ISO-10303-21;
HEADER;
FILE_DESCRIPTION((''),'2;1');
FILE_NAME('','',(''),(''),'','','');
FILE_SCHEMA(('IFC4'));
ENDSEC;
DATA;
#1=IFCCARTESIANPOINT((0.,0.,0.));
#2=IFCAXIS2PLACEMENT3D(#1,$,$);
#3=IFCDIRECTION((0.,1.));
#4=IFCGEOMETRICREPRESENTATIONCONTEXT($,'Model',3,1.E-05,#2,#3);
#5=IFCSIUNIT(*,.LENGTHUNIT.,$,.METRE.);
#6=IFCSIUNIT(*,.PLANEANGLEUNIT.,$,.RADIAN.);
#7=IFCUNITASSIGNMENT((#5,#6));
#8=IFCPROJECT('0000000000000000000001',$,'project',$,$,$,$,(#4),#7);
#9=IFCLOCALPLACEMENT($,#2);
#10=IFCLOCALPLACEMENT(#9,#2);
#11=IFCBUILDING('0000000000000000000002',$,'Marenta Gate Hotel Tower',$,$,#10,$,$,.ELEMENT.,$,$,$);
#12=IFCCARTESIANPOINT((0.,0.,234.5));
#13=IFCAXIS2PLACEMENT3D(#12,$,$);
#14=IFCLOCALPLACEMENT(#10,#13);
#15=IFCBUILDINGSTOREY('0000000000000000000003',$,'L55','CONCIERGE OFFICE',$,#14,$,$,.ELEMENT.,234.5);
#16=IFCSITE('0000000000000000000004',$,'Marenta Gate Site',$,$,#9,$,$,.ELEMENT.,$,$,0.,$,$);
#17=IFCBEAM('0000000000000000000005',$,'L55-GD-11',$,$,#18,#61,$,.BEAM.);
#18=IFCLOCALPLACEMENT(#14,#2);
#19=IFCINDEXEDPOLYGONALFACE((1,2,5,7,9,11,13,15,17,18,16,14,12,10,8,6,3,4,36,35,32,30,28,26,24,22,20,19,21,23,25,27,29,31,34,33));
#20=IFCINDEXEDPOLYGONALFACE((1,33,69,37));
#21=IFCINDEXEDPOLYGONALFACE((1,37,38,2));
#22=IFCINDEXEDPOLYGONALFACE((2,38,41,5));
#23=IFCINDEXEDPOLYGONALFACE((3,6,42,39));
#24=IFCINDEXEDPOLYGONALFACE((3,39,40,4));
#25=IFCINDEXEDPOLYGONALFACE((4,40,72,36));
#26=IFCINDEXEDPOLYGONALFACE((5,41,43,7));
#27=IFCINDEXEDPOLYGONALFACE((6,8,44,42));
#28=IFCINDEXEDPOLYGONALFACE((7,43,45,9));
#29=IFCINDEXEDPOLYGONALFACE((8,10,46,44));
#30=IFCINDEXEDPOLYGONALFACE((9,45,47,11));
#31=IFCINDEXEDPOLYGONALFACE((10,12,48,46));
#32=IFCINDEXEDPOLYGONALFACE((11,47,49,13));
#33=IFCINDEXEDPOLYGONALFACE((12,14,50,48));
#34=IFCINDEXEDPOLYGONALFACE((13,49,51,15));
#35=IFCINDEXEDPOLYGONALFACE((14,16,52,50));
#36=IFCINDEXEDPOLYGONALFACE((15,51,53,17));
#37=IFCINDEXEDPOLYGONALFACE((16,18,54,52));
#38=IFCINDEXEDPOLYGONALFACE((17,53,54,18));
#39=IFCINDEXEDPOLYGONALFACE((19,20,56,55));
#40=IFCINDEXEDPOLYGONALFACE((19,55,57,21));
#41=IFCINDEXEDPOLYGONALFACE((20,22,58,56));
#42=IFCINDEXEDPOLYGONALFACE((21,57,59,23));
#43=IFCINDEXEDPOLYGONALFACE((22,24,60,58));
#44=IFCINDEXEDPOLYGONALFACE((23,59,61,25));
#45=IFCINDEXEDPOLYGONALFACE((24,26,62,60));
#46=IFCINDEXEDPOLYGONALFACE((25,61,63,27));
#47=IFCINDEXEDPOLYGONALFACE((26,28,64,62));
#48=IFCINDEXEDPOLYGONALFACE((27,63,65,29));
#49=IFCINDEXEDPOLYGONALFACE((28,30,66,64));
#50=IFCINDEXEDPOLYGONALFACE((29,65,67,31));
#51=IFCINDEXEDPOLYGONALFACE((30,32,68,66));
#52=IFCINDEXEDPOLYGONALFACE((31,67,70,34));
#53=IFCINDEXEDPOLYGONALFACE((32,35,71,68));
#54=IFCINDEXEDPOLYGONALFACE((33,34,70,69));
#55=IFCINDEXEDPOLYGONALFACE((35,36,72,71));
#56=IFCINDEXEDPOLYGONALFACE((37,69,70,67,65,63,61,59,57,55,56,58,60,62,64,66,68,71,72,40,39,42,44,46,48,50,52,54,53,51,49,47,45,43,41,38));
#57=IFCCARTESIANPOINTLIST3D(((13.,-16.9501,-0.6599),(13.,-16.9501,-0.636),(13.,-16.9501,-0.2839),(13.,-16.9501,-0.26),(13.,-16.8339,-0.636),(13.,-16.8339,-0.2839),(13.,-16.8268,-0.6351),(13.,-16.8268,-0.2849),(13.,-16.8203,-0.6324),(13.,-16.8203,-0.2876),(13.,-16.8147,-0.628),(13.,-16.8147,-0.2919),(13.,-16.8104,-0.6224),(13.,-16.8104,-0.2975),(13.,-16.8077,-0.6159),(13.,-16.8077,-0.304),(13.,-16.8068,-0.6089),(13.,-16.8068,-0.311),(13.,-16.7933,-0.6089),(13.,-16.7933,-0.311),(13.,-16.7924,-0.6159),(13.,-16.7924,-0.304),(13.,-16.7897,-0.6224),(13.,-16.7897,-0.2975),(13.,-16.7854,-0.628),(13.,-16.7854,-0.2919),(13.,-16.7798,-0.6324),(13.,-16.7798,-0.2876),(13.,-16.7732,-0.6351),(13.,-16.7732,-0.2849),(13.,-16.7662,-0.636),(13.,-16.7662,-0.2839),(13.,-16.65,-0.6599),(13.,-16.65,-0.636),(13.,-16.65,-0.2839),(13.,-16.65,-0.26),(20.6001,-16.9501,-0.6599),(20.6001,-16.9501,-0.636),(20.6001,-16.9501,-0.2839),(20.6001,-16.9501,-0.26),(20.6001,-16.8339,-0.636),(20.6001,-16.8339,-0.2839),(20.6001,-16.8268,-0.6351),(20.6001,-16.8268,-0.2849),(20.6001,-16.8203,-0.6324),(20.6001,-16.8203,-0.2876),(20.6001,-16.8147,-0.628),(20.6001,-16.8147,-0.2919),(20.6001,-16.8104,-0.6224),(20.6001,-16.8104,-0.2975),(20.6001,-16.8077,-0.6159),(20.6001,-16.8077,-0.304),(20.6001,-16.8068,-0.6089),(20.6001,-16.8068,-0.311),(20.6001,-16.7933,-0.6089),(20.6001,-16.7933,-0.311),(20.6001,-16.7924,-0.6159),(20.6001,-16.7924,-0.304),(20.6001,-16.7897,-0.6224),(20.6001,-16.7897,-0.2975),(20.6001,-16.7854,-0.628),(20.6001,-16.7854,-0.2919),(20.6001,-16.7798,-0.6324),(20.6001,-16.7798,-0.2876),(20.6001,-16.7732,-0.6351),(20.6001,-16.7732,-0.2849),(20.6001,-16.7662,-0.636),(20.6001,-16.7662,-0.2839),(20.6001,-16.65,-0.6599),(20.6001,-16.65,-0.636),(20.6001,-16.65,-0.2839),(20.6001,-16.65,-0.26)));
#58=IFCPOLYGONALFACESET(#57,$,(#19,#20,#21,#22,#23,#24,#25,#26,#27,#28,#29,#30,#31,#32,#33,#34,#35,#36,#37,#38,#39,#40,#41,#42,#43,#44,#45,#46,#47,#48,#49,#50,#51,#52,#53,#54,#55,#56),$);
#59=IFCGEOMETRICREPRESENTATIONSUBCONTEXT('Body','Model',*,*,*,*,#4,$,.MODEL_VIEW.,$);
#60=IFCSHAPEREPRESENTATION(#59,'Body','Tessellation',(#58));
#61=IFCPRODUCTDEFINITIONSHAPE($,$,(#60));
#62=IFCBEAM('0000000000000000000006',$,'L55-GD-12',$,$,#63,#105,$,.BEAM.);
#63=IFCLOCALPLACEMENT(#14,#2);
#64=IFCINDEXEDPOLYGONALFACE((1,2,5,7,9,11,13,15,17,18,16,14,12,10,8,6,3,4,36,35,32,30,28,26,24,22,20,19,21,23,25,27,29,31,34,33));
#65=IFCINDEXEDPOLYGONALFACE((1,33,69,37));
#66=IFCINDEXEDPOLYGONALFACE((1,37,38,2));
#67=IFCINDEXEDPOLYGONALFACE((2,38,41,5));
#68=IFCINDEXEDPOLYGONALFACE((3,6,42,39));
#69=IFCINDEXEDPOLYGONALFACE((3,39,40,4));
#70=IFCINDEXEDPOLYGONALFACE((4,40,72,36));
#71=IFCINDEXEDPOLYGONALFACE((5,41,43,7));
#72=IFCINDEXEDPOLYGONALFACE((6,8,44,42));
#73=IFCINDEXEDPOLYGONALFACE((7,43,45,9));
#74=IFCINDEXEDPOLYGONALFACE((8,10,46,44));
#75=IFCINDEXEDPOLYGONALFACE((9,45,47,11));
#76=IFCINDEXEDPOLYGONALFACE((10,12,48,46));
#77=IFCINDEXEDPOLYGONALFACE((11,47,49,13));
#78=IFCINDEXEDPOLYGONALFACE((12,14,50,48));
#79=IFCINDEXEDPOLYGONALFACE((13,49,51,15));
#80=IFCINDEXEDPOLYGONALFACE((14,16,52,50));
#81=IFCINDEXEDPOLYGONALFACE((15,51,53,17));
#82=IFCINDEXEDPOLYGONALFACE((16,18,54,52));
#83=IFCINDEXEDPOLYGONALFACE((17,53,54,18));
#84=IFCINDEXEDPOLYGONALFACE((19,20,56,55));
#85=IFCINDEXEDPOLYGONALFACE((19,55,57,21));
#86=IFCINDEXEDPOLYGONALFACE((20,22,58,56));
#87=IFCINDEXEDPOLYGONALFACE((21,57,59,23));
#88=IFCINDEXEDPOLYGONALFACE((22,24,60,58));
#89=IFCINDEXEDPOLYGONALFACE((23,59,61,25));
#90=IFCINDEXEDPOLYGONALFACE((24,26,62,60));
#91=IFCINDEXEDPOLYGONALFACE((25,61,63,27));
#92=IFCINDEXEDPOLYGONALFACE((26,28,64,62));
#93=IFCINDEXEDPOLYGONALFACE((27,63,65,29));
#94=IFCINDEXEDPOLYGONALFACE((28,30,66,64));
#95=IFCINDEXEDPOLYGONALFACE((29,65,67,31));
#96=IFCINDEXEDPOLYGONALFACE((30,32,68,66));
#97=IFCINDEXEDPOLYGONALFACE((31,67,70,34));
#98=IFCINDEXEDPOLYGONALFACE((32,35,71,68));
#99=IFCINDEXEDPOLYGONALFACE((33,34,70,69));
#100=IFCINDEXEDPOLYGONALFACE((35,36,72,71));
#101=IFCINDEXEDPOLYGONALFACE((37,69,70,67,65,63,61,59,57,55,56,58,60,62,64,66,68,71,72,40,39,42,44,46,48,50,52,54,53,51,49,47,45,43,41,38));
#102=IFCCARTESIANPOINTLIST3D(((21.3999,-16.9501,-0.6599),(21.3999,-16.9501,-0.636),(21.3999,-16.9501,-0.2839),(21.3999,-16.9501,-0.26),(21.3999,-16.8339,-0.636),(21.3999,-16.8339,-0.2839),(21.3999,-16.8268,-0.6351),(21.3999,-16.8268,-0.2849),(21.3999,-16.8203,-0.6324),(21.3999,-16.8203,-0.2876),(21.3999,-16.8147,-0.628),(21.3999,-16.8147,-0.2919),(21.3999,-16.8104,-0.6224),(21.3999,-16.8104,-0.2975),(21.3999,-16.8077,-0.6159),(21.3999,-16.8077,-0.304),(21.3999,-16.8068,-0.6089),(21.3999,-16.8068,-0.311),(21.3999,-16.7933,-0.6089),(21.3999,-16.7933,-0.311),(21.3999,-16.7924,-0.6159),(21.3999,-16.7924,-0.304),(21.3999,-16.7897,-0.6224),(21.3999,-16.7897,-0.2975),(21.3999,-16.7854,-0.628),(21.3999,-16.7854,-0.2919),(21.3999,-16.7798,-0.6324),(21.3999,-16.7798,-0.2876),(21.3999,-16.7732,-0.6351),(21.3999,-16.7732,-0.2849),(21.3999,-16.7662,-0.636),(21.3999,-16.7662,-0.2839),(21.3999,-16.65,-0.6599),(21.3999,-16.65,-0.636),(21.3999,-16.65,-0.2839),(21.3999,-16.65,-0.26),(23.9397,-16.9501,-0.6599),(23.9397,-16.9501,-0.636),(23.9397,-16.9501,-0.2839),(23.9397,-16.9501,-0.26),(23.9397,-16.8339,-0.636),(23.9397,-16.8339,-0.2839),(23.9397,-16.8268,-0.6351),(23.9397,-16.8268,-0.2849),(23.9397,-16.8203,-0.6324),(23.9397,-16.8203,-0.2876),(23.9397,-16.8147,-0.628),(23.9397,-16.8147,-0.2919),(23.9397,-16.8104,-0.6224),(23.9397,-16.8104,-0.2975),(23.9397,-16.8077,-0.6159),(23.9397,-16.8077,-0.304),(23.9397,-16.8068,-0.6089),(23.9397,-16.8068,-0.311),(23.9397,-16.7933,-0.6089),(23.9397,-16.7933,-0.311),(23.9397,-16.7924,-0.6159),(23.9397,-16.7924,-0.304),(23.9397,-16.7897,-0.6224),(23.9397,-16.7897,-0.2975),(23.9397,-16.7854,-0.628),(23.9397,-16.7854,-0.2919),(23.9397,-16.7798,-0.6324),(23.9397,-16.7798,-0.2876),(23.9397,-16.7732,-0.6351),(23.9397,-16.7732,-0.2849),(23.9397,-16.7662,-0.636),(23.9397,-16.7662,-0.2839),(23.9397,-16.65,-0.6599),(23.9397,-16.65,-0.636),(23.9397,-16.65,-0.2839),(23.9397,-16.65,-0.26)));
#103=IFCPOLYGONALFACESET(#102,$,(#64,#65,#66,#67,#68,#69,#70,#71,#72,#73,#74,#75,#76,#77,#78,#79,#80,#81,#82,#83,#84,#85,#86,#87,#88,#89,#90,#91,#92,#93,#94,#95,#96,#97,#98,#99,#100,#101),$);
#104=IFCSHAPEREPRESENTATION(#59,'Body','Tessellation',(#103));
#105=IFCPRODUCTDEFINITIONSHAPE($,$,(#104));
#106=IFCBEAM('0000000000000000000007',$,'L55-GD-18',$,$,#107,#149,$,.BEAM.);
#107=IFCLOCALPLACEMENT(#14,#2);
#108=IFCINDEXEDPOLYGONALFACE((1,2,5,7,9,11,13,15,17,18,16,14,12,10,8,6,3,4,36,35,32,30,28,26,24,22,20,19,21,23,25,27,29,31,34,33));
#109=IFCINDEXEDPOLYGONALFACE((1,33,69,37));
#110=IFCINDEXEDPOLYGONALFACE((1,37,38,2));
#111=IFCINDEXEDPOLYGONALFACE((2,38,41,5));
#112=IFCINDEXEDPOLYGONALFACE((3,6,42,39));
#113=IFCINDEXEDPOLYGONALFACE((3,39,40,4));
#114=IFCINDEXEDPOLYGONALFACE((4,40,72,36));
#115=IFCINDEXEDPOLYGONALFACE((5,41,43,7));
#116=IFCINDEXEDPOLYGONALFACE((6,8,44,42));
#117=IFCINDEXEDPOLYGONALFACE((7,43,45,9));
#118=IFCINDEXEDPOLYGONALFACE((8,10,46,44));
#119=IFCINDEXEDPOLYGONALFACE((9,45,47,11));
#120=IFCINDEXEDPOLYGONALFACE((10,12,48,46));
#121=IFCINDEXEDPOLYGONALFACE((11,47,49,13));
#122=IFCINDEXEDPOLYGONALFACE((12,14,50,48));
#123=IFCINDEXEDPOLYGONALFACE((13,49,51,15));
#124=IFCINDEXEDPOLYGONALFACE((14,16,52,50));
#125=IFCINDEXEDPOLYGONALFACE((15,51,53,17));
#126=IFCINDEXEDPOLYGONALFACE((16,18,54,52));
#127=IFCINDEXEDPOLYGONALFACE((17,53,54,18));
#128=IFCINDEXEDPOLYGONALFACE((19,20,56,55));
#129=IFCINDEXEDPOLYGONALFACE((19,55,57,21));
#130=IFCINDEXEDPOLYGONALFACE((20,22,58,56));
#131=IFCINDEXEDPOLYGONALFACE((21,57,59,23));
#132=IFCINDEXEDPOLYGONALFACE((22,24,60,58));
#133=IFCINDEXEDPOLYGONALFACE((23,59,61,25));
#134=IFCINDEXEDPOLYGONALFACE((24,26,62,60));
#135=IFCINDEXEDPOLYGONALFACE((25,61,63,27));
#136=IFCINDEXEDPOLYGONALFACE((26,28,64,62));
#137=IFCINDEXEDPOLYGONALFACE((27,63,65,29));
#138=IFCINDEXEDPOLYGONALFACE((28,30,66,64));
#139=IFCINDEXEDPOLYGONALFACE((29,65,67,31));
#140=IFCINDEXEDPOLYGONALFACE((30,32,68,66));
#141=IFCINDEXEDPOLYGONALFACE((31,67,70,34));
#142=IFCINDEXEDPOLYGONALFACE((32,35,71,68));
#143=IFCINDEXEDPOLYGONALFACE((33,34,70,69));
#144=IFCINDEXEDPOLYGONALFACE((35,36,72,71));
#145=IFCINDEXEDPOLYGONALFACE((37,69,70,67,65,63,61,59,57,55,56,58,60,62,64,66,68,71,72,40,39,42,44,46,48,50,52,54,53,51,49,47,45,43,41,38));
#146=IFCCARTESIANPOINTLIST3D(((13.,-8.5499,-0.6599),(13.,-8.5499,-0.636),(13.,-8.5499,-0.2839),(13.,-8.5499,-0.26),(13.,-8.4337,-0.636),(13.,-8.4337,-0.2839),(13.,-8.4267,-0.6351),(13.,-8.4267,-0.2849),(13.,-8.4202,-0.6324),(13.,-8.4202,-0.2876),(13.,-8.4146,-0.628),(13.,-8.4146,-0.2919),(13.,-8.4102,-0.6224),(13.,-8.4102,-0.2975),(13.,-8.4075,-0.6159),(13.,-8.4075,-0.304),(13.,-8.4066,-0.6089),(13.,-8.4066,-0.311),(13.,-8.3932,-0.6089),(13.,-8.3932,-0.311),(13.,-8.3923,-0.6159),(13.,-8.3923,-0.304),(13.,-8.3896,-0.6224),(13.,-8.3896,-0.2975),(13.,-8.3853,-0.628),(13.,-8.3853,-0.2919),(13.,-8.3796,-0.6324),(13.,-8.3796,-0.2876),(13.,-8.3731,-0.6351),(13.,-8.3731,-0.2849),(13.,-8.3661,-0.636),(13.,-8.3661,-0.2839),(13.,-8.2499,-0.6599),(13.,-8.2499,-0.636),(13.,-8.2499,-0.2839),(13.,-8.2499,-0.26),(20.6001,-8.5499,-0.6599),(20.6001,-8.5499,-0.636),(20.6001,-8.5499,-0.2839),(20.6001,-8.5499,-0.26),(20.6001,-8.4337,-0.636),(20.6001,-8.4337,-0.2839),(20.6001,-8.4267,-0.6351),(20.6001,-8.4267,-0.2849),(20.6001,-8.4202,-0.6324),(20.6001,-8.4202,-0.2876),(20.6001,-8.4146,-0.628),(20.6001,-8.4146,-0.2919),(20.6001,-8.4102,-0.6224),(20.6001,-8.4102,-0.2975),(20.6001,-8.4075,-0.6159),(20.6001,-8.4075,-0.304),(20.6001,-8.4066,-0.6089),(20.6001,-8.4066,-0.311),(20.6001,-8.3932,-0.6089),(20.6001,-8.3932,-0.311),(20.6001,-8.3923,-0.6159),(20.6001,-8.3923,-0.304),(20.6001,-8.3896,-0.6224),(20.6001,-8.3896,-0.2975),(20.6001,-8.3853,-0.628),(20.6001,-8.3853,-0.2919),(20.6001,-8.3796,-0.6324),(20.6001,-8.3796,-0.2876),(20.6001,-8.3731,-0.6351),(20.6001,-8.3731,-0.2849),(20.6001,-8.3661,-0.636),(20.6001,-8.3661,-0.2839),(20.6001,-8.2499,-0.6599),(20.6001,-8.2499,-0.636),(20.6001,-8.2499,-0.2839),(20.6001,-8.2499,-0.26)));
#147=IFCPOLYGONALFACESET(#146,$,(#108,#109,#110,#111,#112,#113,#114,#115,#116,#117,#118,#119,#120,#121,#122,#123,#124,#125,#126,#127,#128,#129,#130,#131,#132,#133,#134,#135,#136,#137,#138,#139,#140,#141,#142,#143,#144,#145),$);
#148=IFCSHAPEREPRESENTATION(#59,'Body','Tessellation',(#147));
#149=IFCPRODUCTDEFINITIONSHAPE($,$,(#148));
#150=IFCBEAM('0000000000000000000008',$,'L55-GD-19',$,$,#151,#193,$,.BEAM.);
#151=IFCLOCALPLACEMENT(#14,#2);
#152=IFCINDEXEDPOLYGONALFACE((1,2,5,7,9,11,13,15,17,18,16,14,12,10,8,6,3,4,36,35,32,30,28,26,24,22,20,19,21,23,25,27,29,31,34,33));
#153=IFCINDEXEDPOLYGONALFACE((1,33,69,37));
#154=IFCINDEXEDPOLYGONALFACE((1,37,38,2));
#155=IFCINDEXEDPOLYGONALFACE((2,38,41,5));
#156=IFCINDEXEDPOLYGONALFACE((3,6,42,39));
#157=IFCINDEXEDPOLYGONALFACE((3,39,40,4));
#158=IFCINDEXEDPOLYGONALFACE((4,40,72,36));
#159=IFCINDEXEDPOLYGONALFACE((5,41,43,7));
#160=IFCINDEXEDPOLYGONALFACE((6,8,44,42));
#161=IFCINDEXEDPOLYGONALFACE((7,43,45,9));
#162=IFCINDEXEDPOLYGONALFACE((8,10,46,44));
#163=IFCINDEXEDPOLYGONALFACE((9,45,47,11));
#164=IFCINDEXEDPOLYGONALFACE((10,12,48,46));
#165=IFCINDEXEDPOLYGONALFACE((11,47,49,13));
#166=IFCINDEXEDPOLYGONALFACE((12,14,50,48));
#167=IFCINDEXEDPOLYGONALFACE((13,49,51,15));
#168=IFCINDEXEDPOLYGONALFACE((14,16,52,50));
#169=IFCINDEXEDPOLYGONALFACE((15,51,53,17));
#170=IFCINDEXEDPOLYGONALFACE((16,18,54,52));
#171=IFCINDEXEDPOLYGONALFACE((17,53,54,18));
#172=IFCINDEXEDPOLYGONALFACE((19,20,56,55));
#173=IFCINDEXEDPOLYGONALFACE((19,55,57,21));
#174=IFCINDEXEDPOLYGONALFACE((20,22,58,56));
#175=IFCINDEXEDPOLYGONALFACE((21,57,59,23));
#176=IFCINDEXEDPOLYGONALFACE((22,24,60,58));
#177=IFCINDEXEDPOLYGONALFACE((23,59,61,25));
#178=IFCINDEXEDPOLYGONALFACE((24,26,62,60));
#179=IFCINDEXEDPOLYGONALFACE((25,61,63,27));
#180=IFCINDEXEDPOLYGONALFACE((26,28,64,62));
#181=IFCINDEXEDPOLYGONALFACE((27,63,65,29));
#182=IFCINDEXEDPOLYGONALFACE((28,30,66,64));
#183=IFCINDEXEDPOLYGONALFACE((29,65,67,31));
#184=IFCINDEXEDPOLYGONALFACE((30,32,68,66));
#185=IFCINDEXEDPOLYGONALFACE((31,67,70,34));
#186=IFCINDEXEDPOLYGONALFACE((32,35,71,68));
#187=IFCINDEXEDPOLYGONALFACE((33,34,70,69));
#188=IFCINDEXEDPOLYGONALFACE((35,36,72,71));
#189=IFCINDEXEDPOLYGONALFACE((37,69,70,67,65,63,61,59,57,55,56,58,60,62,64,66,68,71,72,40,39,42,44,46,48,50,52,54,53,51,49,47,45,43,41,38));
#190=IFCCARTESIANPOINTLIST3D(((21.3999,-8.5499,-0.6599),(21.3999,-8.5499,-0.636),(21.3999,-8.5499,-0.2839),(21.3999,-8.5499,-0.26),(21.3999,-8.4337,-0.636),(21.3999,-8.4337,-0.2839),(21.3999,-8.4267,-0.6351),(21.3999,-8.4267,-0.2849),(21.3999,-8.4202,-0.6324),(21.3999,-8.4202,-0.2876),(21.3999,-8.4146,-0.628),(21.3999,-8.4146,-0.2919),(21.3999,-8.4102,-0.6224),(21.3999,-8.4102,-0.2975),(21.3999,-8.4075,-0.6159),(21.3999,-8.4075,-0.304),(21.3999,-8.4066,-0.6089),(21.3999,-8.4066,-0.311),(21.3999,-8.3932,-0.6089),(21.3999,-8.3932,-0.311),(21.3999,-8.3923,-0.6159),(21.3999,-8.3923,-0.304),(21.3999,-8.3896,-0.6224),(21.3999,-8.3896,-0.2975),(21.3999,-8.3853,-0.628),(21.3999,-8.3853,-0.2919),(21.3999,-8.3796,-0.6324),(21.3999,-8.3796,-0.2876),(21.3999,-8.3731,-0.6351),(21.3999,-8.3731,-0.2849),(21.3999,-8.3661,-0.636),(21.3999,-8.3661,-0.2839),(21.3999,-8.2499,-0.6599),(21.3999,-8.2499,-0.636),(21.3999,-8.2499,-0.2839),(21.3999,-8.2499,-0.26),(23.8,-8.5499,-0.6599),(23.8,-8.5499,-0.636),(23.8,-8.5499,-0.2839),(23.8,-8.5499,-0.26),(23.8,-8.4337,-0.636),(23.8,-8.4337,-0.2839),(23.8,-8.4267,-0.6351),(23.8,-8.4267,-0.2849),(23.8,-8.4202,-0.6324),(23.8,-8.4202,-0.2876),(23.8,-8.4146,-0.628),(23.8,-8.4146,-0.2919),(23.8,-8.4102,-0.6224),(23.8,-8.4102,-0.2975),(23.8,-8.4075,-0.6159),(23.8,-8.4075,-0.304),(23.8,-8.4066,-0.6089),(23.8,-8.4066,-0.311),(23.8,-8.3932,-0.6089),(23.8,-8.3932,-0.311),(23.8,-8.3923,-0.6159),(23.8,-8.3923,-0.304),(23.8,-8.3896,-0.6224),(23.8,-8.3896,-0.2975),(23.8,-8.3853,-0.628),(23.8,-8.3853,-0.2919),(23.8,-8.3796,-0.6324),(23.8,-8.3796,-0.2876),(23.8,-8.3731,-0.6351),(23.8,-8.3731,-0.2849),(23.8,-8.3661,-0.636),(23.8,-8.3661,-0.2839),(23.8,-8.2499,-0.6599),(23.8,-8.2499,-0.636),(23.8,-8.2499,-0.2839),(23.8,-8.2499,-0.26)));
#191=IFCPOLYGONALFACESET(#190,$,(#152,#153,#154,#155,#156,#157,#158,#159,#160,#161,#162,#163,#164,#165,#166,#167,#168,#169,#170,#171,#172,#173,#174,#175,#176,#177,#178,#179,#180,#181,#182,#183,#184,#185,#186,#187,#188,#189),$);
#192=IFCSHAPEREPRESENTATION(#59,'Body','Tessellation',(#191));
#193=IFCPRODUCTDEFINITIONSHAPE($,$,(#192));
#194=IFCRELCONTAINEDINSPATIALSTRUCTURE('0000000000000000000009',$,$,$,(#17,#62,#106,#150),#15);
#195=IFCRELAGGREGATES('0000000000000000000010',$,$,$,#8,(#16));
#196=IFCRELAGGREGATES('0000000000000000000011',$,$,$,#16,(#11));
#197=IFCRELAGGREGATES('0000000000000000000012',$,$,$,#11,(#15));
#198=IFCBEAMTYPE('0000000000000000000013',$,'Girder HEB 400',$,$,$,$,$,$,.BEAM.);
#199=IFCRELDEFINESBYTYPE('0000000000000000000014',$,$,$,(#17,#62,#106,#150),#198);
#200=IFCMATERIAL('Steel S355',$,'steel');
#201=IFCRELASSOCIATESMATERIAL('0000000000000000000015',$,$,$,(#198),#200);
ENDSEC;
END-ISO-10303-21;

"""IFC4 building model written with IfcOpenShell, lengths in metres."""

from ifc_helpers import new_model, si_unit, direction, frame, origin, origin_2d, place, context, subcontext, project, spatial, i_section, extrude, material, material_profile, profile_set, type_object, element, save


model = new_model("IFC4")

# Units and contexts
model_context = context("Model", 3, precision=1e-05, world=origin(), true_north=direction((0.0, 1.0)))
body_context = subcontext(model_context, "Body", "Model", "MODEL_VIEW")
ifc_project = project(units=[si_unit("LENGTHUNIT", "METRE"), si_unit("PLANEANGLEUNIT", "RADIAN")], contexts=[model_context])

# Site, building, storey
site_placement = place(None, origin())
site = spatial("IfcSite", under=ifc_project, at=site_placement, Name="Marenta Gate Site", CompositionType="ELEMENT", RefElevation=0.0)
building_placement = place(site_placement, origin())
building = spatial("IfcBuilding", under=site, at=building_placement, Name="Marenta Gate Hotel Tower", CompositionType="ELEMENT")
storey_placement = place(building_placement, frame((0.0, 0.0, 234.5)))
storey = spatial("IfcBuildingStorey", under=building, at=storey_placement, Name="L55", Description="CONCIERGE OFFICE", CompositionType="ELEMENT", Elevation=234.5)

# Beams
ifc_material_1 = material(Name="Steel S355", Category="steel")
ifc_material_profile_1 = material_profile(ifc_material_1, i_section(OverallWidth=0.3, OverallDepth=0.3999, WebThickness=0.0134, FlangeThickness=0.0239, FilletRadius=0.0271, at=origin_2d()), Name="HEB 400")
ifc_profile_set_1 = profile_set([ifc_material_profile_1], Name="Steel S355")
beam_type_1 = type_object("IfcBeamType", Name="Girder HEB 400", PredefinedType="BEAM", material=ifc_profile_set_1)
beam_1_placement = place(storey_placement, frame((13.0, -16.8, -0.46), z_axis=(1.0, 0.0, 0.0), x_axis=(0.0, 1.0, 0.0)))
element("IfcBeam", 1, at=beam_1_placement, inside=storey, type_object=beam_type_1, Name="L55-GD-11", PredefinedType="BEAM", context=body_context, shape_type="SweptSolid", body=[
    extrude(i_section(OverallWidth=0.3, OverallDepth=0.3999, WebThickness=0.0134, FlangeThickness=0.0239, FilletRadius=0.0271, at=origin_2d()), origin(), (0.0, 0.0, 1.0), 7.6001),
])
beam_2_placement = place(storey_placement, frame((21.3999, -16.8, -0.46), z_axis=(1.0, 0.0, 0.0), x_axis=(0.0, 1.0, 0.0)))
element("IfcBeam", 2, at=beam_2_placement, inside=storey, type_object=beam_type_1, Name="L55-GD-12", PredefinedType="BEAM", context=body_context, shape_type="SweptSolid", body=[
    extrude(i_section(OverallWidth=0.3, OverallDepth=0.3999, WebThickness=0.0134, FlangeThickness=0.0239, FilletRadius=0.0271, at=origin_2d()), origin(), (0.0, 0.0, 1.0), 2.5398),
])
beam_3_placement = place(storey_placement, frame((13.0, -8.3999, -0.46), z_axis=(1.0, 0.0, 0.0), x_axis=(0.0, 1.0, 0.0)))
element("IfcBeam", 3, at=beam_3_placement, inside=storey, type_object=beam_type_1, Name="L55-GD-18", PredefinedType="BEAM", context=body_context, shape_type="SweptSolid", body=[
    extrude(i_section(OverallWidth=0.3, OverallDepth=0.3999, WebThickness=0.0134, FlangeThickness=0.0239, FilletRadius=0.0271, at=origin_2d()), origin(), (0.0, 0.0, 1.0), 7.6001),
])
beam_4_placement = place(storey_placement, frame((21.3999, -8.3999, -0.46), z_axis=(1.0, 0.0, 0.0), x_axis=(0.0, 1.0, 0.0)))
element("IfcBeam", 4, at=beam_4_placement, inside=storey, type_object=beam_type_1, Name="L55-GD-19", PredefinedType="BEAM", context=body_context, shape_type="SweptSolid", body=[
    extrude(i_section(OverallWidth=0.3, OverallDepth=0.3999, WebThickness=0.0134, FlangeThickness=0.0239, FilletRadius=0.0271, at=origin_2d()), origin(), (0.0, 0.0, 1.0), 2.4001),
])

save(model, "model.ifc")
